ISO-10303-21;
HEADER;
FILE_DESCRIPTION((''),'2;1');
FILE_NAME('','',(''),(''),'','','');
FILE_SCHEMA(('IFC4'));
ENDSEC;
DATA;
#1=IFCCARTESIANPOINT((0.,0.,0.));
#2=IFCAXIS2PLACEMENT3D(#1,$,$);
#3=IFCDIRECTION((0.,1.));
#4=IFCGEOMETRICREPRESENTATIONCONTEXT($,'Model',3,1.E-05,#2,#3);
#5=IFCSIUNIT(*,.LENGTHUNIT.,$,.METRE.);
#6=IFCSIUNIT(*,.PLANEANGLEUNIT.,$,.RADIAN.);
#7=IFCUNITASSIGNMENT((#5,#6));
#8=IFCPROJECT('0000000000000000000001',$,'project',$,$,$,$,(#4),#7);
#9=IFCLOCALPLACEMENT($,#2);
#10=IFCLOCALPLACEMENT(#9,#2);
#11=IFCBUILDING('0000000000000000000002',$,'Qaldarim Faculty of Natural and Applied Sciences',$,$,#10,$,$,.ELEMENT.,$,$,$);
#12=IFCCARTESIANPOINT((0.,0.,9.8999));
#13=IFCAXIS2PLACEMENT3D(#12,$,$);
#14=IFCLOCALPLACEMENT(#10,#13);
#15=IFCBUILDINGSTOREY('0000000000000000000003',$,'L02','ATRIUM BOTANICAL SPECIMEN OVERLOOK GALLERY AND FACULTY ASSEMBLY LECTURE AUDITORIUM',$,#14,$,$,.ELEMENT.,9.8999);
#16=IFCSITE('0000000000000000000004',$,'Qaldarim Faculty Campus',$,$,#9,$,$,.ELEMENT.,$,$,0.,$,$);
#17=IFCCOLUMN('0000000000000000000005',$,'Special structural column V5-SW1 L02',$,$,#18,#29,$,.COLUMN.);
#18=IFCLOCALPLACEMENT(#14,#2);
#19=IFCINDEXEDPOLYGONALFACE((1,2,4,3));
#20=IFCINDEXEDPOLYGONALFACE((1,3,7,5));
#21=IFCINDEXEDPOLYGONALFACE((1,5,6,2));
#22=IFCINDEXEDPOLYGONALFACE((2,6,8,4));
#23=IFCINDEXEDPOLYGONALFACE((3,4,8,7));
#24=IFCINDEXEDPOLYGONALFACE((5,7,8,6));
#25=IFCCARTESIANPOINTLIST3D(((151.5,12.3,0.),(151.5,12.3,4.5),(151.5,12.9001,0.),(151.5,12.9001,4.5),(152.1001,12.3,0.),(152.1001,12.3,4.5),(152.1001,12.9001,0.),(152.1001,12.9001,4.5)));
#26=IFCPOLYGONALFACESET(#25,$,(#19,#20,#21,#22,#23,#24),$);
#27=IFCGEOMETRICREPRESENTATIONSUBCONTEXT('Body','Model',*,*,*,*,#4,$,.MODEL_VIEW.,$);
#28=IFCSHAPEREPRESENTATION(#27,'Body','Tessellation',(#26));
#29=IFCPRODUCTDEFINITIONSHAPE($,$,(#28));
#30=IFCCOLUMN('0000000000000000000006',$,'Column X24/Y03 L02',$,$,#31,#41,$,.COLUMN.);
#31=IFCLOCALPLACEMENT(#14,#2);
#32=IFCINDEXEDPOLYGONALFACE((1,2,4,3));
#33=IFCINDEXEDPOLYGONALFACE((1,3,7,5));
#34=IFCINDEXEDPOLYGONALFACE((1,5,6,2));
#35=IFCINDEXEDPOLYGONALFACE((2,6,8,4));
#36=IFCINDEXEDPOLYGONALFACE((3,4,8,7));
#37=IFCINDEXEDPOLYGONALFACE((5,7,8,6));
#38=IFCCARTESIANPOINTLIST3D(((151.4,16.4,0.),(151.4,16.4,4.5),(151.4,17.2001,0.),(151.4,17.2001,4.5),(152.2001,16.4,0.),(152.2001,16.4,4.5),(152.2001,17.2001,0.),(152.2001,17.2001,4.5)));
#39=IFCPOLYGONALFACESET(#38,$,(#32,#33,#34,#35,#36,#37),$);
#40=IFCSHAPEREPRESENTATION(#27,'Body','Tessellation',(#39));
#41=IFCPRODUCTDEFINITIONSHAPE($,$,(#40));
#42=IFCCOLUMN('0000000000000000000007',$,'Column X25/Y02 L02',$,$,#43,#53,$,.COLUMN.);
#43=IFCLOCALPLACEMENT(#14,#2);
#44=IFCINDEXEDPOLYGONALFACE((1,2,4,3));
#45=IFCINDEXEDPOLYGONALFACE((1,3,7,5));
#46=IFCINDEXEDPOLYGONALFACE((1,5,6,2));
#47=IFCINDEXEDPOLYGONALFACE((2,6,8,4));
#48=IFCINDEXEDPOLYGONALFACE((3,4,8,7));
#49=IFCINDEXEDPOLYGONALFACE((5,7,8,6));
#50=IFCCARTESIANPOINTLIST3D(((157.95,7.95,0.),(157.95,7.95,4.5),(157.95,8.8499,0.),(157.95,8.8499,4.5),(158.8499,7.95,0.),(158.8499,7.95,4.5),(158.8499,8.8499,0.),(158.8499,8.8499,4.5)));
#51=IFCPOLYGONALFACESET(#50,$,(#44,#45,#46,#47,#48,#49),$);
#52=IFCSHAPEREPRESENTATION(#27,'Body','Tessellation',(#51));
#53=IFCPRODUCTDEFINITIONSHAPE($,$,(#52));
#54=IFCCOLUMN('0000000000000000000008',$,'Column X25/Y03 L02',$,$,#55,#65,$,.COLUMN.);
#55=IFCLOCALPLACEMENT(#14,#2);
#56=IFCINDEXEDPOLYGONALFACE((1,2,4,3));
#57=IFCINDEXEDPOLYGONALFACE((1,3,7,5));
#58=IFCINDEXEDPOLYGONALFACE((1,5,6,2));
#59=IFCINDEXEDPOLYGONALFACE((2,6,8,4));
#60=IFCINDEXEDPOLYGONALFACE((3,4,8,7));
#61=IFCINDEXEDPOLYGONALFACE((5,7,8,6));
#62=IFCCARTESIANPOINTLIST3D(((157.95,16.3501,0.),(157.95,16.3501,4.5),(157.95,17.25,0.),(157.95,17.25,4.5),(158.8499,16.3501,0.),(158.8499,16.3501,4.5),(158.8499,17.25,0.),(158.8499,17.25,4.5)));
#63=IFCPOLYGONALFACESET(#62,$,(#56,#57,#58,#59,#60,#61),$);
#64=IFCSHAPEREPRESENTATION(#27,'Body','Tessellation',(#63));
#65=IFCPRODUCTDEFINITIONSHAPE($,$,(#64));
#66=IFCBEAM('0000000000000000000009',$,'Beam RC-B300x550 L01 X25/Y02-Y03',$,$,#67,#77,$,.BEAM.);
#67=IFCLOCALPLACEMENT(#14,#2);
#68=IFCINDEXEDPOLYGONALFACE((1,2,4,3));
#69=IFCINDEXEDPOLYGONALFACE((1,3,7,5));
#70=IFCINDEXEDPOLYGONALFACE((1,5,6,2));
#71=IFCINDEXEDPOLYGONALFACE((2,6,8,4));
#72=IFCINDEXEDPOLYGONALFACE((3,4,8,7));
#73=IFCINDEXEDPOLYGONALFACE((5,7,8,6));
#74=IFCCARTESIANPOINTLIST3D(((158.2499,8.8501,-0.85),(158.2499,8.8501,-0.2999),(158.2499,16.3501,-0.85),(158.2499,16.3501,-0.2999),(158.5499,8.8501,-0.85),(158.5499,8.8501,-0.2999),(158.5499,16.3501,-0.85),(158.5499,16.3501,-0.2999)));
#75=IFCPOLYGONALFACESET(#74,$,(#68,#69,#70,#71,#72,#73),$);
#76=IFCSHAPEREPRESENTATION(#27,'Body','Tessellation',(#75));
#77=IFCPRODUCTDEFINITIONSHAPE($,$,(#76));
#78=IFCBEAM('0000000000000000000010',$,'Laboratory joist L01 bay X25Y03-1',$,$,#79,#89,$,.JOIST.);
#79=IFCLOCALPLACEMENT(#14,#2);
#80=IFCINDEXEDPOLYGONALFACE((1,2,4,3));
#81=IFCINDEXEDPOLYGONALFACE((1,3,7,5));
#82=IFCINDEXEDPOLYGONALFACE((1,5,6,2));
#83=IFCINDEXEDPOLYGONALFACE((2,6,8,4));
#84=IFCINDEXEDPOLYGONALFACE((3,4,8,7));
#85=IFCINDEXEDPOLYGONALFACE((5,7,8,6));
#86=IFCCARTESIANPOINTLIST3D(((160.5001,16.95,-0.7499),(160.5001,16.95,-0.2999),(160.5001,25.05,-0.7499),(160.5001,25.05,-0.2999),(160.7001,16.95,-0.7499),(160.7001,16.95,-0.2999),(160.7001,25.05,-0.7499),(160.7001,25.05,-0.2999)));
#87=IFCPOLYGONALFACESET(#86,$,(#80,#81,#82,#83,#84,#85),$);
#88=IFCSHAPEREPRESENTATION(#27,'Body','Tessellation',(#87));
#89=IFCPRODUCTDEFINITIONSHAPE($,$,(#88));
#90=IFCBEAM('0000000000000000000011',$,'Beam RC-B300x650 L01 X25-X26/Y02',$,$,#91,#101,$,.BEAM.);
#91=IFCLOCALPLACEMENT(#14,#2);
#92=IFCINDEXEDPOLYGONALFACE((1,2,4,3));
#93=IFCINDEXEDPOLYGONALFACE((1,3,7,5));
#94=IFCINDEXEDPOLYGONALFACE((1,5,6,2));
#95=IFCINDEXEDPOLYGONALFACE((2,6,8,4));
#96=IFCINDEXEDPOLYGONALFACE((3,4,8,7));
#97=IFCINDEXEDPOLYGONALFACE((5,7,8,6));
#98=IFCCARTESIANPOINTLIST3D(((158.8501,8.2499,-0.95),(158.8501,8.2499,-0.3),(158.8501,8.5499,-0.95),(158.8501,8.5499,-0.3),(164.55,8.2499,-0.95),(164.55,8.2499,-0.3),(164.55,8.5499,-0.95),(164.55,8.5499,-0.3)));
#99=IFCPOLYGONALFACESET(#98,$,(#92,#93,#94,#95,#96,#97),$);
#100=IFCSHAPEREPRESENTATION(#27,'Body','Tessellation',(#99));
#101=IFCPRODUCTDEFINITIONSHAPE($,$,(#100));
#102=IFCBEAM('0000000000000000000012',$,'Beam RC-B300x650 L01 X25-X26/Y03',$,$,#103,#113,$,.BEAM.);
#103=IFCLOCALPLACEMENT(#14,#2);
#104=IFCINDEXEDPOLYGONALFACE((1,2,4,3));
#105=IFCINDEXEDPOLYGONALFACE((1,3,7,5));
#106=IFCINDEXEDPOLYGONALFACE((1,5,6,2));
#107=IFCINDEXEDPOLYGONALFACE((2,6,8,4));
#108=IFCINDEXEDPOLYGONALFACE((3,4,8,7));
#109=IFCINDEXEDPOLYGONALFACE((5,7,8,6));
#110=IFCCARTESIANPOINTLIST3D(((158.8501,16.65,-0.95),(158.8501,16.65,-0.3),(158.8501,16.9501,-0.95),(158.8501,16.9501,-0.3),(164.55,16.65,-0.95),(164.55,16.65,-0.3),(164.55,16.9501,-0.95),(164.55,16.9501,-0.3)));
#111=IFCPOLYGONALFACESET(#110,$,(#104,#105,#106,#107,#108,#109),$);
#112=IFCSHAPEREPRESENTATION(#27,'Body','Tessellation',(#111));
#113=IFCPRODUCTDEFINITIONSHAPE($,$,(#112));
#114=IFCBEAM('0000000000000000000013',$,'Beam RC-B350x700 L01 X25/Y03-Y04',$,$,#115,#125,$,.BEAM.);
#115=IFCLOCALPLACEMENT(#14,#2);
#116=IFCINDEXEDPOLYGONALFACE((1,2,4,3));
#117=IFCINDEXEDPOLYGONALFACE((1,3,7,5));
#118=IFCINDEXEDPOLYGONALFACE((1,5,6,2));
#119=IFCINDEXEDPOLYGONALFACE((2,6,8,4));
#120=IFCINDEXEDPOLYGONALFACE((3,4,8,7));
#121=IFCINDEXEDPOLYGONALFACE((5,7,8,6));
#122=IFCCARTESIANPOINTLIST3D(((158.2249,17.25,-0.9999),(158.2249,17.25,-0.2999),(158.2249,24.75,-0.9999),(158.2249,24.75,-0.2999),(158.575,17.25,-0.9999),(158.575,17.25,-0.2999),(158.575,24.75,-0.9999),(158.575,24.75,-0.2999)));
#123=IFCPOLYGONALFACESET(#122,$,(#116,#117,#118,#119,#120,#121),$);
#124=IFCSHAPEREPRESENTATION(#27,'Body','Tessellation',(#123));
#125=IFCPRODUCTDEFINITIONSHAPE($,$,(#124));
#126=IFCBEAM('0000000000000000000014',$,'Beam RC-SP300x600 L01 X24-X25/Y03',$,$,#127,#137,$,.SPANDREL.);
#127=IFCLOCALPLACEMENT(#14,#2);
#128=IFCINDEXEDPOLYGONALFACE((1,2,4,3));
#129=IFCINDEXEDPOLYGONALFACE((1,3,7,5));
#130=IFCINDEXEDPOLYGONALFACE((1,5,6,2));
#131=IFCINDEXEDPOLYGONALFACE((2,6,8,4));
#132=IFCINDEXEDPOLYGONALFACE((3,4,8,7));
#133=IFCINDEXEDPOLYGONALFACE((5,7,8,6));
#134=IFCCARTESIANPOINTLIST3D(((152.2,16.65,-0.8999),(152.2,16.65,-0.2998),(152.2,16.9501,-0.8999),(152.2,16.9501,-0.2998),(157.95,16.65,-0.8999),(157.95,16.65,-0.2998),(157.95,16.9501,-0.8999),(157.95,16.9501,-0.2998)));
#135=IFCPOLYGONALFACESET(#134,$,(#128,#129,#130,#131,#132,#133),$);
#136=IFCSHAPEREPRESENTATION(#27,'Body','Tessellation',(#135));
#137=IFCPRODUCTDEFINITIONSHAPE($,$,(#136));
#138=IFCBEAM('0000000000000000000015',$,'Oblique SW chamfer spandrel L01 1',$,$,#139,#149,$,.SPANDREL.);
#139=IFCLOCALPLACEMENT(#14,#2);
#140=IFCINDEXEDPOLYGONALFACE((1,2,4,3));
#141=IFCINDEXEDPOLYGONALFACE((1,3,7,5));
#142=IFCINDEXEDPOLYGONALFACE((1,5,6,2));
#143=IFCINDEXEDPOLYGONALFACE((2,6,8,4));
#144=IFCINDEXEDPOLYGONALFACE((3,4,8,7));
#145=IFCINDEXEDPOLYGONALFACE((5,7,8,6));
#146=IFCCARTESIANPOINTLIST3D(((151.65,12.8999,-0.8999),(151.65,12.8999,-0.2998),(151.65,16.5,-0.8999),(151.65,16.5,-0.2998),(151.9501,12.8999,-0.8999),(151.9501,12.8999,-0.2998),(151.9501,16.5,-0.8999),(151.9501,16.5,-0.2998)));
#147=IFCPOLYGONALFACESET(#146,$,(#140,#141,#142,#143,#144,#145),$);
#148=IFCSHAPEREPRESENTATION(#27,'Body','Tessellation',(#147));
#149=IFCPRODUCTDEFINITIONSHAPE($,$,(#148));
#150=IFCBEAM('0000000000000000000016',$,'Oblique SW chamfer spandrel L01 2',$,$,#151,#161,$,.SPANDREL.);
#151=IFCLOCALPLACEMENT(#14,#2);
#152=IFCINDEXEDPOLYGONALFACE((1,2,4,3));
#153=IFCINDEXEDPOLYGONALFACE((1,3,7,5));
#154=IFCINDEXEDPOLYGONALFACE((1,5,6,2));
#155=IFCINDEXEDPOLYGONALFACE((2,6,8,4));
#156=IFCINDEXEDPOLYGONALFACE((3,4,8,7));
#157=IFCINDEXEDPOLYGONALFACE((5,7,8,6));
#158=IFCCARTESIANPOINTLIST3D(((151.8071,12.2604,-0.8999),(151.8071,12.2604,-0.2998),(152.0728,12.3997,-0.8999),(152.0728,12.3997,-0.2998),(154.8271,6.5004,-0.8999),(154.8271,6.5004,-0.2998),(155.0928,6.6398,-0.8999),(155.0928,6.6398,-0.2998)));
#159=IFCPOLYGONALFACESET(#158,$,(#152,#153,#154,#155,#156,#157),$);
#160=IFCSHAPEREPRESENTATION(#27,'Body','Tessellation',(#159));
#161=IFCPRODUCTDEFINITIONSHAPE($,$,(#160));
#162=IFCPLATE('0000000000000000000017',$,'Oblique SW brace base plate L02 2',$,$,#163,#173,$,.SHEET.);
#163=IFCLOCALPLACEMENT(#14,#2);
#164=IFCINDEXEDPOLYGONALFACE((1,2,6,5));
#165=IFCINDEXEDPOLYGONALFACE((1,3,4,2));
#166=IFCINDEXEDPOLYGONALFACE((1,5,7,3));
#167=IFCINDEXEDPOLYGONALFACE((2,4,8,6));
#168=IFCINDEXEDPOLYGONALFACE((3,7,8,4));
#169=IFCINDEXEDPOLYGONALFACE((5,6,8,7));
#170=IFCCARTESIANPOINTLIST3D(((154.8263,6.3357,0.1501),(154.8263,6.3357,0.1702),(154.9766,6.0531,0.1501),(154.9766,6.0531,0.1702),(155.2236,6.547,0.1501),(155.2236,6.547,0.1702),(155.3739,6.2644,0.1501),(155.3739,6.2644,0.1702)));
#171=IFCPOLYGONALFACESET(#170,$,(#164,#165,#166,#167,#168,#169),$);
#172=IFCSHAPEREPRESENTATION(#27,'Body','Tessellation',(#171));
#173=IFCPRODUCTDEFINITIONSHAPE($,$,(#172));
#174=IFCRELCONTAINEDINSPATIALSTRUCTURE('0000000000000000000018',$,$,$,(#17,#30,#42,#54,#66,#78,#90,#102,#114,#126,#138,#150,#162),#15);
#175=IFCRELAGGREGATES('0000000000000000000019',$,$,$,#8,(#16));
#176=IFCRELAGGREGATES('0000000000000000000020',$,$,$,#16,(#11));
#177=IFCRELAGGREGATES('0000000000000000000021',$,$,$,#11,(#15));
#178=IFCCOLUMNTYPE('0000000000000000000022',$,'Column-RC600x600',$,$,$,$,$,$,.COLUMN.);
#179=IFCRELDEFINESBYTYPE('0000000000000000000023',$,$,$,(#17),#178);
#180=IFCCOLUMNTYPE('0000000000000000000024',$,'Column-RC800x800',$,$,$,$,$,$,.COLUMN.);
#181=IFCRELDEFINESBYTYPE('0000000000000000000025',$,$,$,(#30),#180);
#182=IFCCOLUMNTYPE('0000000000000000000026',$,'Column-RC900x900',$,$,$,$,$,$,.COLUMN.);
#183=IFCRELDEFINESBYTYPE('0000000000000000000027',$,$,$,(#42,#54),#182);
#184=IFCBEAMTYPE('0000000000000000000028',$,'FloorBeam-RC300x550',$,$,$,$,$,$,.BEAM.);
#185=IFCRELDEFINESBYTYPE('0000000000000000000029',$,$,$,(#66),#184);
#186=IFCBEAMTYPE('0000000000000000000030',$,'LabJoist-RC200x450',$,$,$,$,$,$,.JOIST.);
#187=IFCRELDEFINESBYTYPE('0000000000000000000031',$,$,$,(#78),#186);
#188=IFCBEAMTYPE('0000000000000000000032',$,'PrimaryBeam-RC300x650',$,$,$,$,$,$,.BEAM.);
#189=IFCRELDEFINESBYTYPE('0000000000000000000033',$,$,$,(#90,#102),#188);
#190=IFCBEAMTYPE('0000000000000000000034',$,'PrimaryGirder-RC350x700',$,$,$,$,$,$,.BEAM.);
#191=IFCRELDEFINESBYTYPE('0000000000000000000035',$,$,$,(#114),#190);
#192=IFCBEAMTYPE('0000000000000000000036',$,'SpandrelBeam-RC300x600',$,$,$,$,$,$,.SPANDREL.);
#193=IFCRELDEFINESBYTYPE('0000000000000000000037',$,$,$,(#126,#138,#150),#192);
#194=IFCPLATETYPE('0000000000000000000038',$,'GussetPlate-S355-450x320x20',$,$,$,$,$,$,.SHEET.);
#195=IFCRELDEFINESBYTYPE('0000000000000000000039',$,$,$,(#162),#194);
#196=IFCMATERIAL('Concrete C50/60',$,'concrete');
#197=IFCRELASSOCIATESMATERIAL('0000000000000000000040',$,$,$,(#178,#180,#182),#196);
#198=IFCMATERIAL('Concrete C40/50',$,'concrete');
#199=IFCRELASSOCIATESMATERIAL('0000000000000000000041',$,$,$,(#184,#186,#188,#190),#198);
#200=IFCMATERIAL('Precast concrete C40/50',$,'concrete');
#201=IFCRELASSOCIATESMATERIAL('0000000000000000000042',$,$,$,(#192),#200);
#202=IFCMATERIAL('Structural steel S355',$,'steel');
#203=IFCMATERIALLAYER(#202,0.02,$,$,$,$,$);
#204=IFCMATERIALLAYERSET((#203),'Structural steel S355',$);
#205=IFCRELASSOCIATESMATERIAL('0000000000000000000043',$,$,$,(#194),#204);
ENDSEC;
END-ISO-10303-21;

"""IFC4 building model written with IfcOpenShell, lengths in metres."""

from ifc_helpers import new_model, si_unit, direction, frame, origin, origin_2d, place, context, subcontext, project, spatial, rectangle, extrude, material, layer, layer_set, material_profile, profile_set, type_object, element, save


model = new_model("IFC4")

# Units and contexts
model_context = context("Model", 3, precision=1e-05, world=origin(), true_north=direction((0.0, 1.0)))
body_context = subcontext(model_context, "Body", "Model", "MODEL_VIEW")
ifc_project = project(units=[si_unit("LENGTHUNIT", "METRE"), si_unit("PLANEANGLEUNIT", "RADIAN")], contexts=[model_context])

# Site, building, storey
site_placement = place(None, origin())
site = spatial("IfcSite", under=ifc_project, at=site_placement, Name="Qaldarim Faculty Campus", CompositionType="ELEMENT", RefElevation=0.0)
building_placement = place(site_placement, origin())
building = spatial("IfcBuilding", under=site, at=building_placement, Name="Qaldarim Faculty of Natural and Applied Sciences", CompositionType="ELEMENT")
storey_placement = place(building_placement, frame((0.0, 0.0, 9.8999)))
storey = spatial("IfcBuildingStorey", under=building, at=storey_placement, Name="L02", Description="ATRIUM BOTANICAL SPECIMEN OVERLOOK GALLERY AND FACULTY ASSEMBLY LECTURE AUDITORIUM", CompositionType="ELEMENT", Elevation=9.8999)

# Columns
ifc_material_1 = material(Name="Concrete C50/60", Category="concrete")
ifc_material_profile_1 = material_profile(ifc_material_1, rectangle(XDim=0.6001, YDim=0.6001, at=origin_2d()), Name="RC-C600x600")
ifc_profile_set_1 = profile_set([ifc_material_profile_1], Name="Concrete C50/60")
column_type_1 = type_object("IfcColumnType", Name="Column-RC600x600", PredefinedType="COLUMN", material=ifc_profile_set_1)
column_1_placement = place(storey_placement, frame((151.8, 12.6001, 0.0), z_axis=(0.0, 0.0, 1.0), x_axis=(1.0, 0.0, 0.0)))
element("IfcColumn", 1, at=column_1_placement, inside=storey, type_object=column_type_1, Name="Special structural column V5-SW1 L02", PredefinedType="COLUMN", context=body_context, shape_type="SweptSolid", body=[
    extrude(rectangle(XDim=0.6001, YDim=0.6001, at=origin_2d()), origin(), (0.0, 0.0, 1.0), 4.5),
])
ifc_material_profile_2 = material_profile(ifc_material_1, rectangle(XDim=0.8, YDim=0.8, at=origin_2d()), Name="RC-C800x800")
ifc_profile_set_2 = profile_set([ifc_material_profile_2], Name="Concrete C50/60")
column_type_2 = type_object("IfcColumnType", Name="Column-RC800x800", PredefinedType="COLUMN", material=ifc_profile_set_2)
column_2_placement = place(storey_placement, frame((151.8, 16.8, 0.0), z_axis=(0.0, 0.0, 1.0), x_axis=(1.0, 0.0, 0.0)))
element("IfcColumn", 2, at=column_2_placement, inside=storey, type_object=column_type_2, Name="Column X24/Y03 L02", PredefinedType="COLUMN", context=body_context, shape_type="SweptSolid", body=[
    extrude(rectangle(XDim=0.8, YDim=0.8, at=origin_2d()), origin(), (0.0, 0.0, 1.0), 4.5),
])
ifc_material_profile_3 = material_profile(ifc_material_1, rectangle(XDim=0.8999, YDim=0.8999, at=origin_2d()), Name="RC-C900x900")
ifc_profile_set_3 = profile_set([ifc_material_profile_3], Name="Concrete C50/60")
column_type_3 = type_object("IfcColumnType", Name="Column-RC900x900", PredefinedType="COLUMN", material=ifc_profile_set_3)
for number, where, z_axis, x_axis, name in (
    (3, (158.3999, 8.3999, 0.0), (0.0, 0.0, 1.0), (1.0, 0.0, 0.0), "Column X25/Y02 L02"),
    (4, (158.3999, 16.8, 0.0), (0.0, 0.0, 1.0), (1.0, 0.0, 0.0), "Column X25/Y03 L02"),
):
    element("IfcColumn", number, at=place(storey_placement, frame(where, z_axis=z_axis, x_axis=x_axis)), inside=storey, type_object=column_type_3, Name=name, PredefinedType="COLUMN", context=body_context, shape_type="SweptSolid", body=[
        extrude(rectangle(XDim=0.8999, YDim=0.8999, at=origin_2d()), origin(), (0.0, 0.0, 1.0), 4.5),
    ])

# Beams
ifc_material_2 = material(Name="Concrete C40/50", Category="concrete")
ifc_material_profile_4 = material_profile(ifc_material_2, rectangle(XDim=0.3, YDim=0.55, at=origin_2d()), Name="RC-B300x550")
ifc_profile_set_4 = profile_set([ifc_material_profile_4], Name="Concrete C40/50")
beam_type_1 = type_object("IfcBeamType", Name="FloorBeam-RC300x550", PredefinedType="BEAM", material=ifc_profile_set_4)
beam_1_placement = place(storey_placement, frame((158.3999, 8.8501, -0.575), z_axis=(0.0, 1.0, 0.0), x_axis=(-1.0, 0.0, 0.0)))
element("IfcBeam", 5, at=beam_1_placement, inside=storey, type_object=beam_type_1, Name="Beam RC-B300x550 L01 X25/Y02-Y03", PredefinedType="BEAM", context=body_context, shape_type="SweptSolid", body=[
    extrude(rectangle(XDim=0.3, YDim=0.55, at=origin_2d()), origin(), (0.0, 0.0, 1.0), 7.5),
])
ifc_material_profile_5 = material_profile(ifc_material_2, rectangle(XDim=0.2, YDim=0.45, at=origin_2d()), Name="RC-J200x450")
ifc_profile_set_5 = profile_set([ifc_material_profile_5], Name="Concrete C40/50")
beam_type_2 = type_object("IfcBeamType", Name="LabJoist-RC200x450", PredefinedType="JOIST", material=ifc_profile_set_5)
beam_2_placement = place(storey_placement, frame((160.6001, 16.95, -0.5249), z_axis=(0.0, 1.0, 0.0), x_axis=(-1.0, 0.0, 0.0)))
element("IfcBeam", 6, at=beam_2_placement, inside=storey, type_object=beam_type_2, Name="Laboratory joist L01 bay X25Y03-1", PredefinedType="JOIST", context=body_context, shape_type="SweptSolid", body=[
    extrude(rectangle(XDim=0.2, YDim=0.45, at=origin_2d()), origin(), (0.0, 0.0, 1.0), 8.1001),
])
ifc_material_profile_6 = material_profile(ifc_material_2, rectangle(XDim=0.3, YDim=0.6499, at=origin_2d()), Name="RC-B300x650")
ifc_profile_set_6 = profile_set([ifc_material_profile_6], Name="Concrete C40/50")
beam_type_3 = type_object("IfcBeamType", Name="PrimaryBeam-RC300x650", PredefinedType="BEAM", material=ifc_profile_set_6)
for number, where, z_axis, x_axis, name in (
    (7, (158.8501, 8.3999, -0.625), (1.0, 0.0, 0.0), (0.0, 1.0, 0.0), "Beam RC-B300x650 L01 X25-X26/Y02"),
    (8, (158.8501, 16.8, -0.625), (1.0, 0.0, 0.0), (0.0, 1.0, 0.0), "Beam RC-B300x650 L01 X25-X26/Y03"),
):
    element("IfcBeam", number, at=place(storey_placement, frame(where, z_axis=z_axis, x_axis=x_axis)), inside=storey, type_object=beam_type_3, Name=name, PredefinedType="BEAM", context=body_context, shape_type="SweptSolid", body=[
        extrude(rectangle(XDim=0.3, YDim=0.6499, at=origin_2d()), origin(), (0.0, 0.0, 1.0), 5.7),
    ])
ifc_material_profile_7 = material_profile(ifc_material_2, rectangle(XDim=0.3501, YDim=0.7, at=origin_2d()), Name="RC-B350x700")
ifc_profile_set_7 = profile_set([ifc_material_profile_7], Name="Concrete C40/50")
beam_type_4 = type_object("IfcBeamType", Name="PrimaryGirder-RC350x700", PredefinedType="BEAM", material=ifc_profile_set_7)
beam_3_placement = place(storey_placement, frame((158.3999, 17.25, -0.6499), z_axis=(0.0, 1.0, 0.0), x_axis=(-1.0, 0.0, 0.0)))
element("IfcBeam", 9, at=beam_3_placement, inside=storey, type_object=beam_type_4, Name="Beam RC-B350x700 L01 X25/Y03-Y04", PredefinedType="BEAM", context=body_context, shape_type="SweptSolid", body=[
    extrude(rectangle(XDim=0.3501, YDim=0.7, at=origin_2d()), origin(), (0.0, 0.0, 1.0), 7.5),
])
ifc_material_3 = material(Name="Precast concrete C40/50", Category="concrete")
ifc_material_profile_8 = material_profile(ifc_material_3, rectangle(XDim=0.3, YDim=0.6001, at=origin_2d()), Name="RC-SP300x600")
ifc_profile_set_8 = profile_set([ifc_material_profile_8], Name="Precast concrete C40/50")
beam_type_5 = type_object("IfcBeamType", Name="SpandrelBeam-RC300x600", PredefinedType="SPANDREL", material=ifc_profile_set_8)
beam_4_placement = place(storey_placement, frame((152.2, 16.8, -0.5999), z_axis=(1.0, 0.0, 0.0), x_axis=(0.0, 1.0, 0.0)))
element("IfcBeam", 10, at=beam_4_placement, inside=storey, type_object=beam_type_5, Name="Beam RC-SP300x600 L01 X24-X25/Y03", PredefinedType="SPANDREL", context=body_context, shape_type="SweptSolid", body=[
    extrude(rectangle(XDim=0.3, YDim=0.6001, at=origin_2d()), origin(), (0.0, 0.0, 1.0), 5.75),
])
beam_5_placement = place(storey_placement, frame((151.8, 16.5, -0.5999), z_axis=(0.0, -1.0, 0.0), x_axis=(1.0, 0.0, 0.0)))
element("IfcBeam", 11, at=beam_5_placement, inside=storey, type_object=beam_type_5, Name="Oblique SW chamfer spandrel L01 1", PredefinedType="SPANDREL", context=body_context, shape_type="SweptSolid", body=[
    extrude(rectangle(XDim=0.3, YDim=0.6001, at=origin_2d()), origin(), (0.0, 0.0, 1.0), 3.6001),
])
beam_6_placement = place(storey_placement, frame((151.9399, 12.3301, -0.5999), z_axis=(0.464353, -0.88565, 0.0), x_axis=(0.88565, 0.464353, 0.0)))
element("IfcBeam", 12, at=beam_6_placement, inside=storey, type_object=beam_type_5, Name="Oblique SW chamfer spandrel L01 2", PredefinedType="SPANDREL", context=body_context, shape_type="SweptSolid", body=[
    extrude(rectangle(XDim=0.3, YDim=0.6001, at=origin_2d()), origin(), (0.0, 0.0, 1.0), 6.5037),
])

# Plate
ifc_material_4 = material(Name="Structural steel S355", Category="steel")
ifc_layer_1 = layer(ifc_material_4, 0.02)
ifc_layer_set_1 = layer_set([ifc_layer_1], Name="Structural steel S355")
plate_type = type_object("IfcPlateType", Name="GussetPlate-S355-450x320x20", PredefinedType="SHEET", material=ifc_layer_set_1)
plate_placement = place(storey_placement, frame((155.1001, 6.3, 0.1501), z_axis=(0.0, 0.0, 1.0), x_axis=(0.882948, 0.469472, 0.0)))
element("IfcPlate", 13, at=plate_placement, inside=storey, type_object=plate_type, Name="Oblique SW brace base plate L02 2", PredefinedType="SHEET", context=body_context, shape_type="SweptSolid", body=[
    extrude(rectangle(XDim=0.45, YDim=0.3201, at=origin_2d()), origin(), (0.0, 0.0, 1.0), 0.02),
])

save(model, "model.ifc")
